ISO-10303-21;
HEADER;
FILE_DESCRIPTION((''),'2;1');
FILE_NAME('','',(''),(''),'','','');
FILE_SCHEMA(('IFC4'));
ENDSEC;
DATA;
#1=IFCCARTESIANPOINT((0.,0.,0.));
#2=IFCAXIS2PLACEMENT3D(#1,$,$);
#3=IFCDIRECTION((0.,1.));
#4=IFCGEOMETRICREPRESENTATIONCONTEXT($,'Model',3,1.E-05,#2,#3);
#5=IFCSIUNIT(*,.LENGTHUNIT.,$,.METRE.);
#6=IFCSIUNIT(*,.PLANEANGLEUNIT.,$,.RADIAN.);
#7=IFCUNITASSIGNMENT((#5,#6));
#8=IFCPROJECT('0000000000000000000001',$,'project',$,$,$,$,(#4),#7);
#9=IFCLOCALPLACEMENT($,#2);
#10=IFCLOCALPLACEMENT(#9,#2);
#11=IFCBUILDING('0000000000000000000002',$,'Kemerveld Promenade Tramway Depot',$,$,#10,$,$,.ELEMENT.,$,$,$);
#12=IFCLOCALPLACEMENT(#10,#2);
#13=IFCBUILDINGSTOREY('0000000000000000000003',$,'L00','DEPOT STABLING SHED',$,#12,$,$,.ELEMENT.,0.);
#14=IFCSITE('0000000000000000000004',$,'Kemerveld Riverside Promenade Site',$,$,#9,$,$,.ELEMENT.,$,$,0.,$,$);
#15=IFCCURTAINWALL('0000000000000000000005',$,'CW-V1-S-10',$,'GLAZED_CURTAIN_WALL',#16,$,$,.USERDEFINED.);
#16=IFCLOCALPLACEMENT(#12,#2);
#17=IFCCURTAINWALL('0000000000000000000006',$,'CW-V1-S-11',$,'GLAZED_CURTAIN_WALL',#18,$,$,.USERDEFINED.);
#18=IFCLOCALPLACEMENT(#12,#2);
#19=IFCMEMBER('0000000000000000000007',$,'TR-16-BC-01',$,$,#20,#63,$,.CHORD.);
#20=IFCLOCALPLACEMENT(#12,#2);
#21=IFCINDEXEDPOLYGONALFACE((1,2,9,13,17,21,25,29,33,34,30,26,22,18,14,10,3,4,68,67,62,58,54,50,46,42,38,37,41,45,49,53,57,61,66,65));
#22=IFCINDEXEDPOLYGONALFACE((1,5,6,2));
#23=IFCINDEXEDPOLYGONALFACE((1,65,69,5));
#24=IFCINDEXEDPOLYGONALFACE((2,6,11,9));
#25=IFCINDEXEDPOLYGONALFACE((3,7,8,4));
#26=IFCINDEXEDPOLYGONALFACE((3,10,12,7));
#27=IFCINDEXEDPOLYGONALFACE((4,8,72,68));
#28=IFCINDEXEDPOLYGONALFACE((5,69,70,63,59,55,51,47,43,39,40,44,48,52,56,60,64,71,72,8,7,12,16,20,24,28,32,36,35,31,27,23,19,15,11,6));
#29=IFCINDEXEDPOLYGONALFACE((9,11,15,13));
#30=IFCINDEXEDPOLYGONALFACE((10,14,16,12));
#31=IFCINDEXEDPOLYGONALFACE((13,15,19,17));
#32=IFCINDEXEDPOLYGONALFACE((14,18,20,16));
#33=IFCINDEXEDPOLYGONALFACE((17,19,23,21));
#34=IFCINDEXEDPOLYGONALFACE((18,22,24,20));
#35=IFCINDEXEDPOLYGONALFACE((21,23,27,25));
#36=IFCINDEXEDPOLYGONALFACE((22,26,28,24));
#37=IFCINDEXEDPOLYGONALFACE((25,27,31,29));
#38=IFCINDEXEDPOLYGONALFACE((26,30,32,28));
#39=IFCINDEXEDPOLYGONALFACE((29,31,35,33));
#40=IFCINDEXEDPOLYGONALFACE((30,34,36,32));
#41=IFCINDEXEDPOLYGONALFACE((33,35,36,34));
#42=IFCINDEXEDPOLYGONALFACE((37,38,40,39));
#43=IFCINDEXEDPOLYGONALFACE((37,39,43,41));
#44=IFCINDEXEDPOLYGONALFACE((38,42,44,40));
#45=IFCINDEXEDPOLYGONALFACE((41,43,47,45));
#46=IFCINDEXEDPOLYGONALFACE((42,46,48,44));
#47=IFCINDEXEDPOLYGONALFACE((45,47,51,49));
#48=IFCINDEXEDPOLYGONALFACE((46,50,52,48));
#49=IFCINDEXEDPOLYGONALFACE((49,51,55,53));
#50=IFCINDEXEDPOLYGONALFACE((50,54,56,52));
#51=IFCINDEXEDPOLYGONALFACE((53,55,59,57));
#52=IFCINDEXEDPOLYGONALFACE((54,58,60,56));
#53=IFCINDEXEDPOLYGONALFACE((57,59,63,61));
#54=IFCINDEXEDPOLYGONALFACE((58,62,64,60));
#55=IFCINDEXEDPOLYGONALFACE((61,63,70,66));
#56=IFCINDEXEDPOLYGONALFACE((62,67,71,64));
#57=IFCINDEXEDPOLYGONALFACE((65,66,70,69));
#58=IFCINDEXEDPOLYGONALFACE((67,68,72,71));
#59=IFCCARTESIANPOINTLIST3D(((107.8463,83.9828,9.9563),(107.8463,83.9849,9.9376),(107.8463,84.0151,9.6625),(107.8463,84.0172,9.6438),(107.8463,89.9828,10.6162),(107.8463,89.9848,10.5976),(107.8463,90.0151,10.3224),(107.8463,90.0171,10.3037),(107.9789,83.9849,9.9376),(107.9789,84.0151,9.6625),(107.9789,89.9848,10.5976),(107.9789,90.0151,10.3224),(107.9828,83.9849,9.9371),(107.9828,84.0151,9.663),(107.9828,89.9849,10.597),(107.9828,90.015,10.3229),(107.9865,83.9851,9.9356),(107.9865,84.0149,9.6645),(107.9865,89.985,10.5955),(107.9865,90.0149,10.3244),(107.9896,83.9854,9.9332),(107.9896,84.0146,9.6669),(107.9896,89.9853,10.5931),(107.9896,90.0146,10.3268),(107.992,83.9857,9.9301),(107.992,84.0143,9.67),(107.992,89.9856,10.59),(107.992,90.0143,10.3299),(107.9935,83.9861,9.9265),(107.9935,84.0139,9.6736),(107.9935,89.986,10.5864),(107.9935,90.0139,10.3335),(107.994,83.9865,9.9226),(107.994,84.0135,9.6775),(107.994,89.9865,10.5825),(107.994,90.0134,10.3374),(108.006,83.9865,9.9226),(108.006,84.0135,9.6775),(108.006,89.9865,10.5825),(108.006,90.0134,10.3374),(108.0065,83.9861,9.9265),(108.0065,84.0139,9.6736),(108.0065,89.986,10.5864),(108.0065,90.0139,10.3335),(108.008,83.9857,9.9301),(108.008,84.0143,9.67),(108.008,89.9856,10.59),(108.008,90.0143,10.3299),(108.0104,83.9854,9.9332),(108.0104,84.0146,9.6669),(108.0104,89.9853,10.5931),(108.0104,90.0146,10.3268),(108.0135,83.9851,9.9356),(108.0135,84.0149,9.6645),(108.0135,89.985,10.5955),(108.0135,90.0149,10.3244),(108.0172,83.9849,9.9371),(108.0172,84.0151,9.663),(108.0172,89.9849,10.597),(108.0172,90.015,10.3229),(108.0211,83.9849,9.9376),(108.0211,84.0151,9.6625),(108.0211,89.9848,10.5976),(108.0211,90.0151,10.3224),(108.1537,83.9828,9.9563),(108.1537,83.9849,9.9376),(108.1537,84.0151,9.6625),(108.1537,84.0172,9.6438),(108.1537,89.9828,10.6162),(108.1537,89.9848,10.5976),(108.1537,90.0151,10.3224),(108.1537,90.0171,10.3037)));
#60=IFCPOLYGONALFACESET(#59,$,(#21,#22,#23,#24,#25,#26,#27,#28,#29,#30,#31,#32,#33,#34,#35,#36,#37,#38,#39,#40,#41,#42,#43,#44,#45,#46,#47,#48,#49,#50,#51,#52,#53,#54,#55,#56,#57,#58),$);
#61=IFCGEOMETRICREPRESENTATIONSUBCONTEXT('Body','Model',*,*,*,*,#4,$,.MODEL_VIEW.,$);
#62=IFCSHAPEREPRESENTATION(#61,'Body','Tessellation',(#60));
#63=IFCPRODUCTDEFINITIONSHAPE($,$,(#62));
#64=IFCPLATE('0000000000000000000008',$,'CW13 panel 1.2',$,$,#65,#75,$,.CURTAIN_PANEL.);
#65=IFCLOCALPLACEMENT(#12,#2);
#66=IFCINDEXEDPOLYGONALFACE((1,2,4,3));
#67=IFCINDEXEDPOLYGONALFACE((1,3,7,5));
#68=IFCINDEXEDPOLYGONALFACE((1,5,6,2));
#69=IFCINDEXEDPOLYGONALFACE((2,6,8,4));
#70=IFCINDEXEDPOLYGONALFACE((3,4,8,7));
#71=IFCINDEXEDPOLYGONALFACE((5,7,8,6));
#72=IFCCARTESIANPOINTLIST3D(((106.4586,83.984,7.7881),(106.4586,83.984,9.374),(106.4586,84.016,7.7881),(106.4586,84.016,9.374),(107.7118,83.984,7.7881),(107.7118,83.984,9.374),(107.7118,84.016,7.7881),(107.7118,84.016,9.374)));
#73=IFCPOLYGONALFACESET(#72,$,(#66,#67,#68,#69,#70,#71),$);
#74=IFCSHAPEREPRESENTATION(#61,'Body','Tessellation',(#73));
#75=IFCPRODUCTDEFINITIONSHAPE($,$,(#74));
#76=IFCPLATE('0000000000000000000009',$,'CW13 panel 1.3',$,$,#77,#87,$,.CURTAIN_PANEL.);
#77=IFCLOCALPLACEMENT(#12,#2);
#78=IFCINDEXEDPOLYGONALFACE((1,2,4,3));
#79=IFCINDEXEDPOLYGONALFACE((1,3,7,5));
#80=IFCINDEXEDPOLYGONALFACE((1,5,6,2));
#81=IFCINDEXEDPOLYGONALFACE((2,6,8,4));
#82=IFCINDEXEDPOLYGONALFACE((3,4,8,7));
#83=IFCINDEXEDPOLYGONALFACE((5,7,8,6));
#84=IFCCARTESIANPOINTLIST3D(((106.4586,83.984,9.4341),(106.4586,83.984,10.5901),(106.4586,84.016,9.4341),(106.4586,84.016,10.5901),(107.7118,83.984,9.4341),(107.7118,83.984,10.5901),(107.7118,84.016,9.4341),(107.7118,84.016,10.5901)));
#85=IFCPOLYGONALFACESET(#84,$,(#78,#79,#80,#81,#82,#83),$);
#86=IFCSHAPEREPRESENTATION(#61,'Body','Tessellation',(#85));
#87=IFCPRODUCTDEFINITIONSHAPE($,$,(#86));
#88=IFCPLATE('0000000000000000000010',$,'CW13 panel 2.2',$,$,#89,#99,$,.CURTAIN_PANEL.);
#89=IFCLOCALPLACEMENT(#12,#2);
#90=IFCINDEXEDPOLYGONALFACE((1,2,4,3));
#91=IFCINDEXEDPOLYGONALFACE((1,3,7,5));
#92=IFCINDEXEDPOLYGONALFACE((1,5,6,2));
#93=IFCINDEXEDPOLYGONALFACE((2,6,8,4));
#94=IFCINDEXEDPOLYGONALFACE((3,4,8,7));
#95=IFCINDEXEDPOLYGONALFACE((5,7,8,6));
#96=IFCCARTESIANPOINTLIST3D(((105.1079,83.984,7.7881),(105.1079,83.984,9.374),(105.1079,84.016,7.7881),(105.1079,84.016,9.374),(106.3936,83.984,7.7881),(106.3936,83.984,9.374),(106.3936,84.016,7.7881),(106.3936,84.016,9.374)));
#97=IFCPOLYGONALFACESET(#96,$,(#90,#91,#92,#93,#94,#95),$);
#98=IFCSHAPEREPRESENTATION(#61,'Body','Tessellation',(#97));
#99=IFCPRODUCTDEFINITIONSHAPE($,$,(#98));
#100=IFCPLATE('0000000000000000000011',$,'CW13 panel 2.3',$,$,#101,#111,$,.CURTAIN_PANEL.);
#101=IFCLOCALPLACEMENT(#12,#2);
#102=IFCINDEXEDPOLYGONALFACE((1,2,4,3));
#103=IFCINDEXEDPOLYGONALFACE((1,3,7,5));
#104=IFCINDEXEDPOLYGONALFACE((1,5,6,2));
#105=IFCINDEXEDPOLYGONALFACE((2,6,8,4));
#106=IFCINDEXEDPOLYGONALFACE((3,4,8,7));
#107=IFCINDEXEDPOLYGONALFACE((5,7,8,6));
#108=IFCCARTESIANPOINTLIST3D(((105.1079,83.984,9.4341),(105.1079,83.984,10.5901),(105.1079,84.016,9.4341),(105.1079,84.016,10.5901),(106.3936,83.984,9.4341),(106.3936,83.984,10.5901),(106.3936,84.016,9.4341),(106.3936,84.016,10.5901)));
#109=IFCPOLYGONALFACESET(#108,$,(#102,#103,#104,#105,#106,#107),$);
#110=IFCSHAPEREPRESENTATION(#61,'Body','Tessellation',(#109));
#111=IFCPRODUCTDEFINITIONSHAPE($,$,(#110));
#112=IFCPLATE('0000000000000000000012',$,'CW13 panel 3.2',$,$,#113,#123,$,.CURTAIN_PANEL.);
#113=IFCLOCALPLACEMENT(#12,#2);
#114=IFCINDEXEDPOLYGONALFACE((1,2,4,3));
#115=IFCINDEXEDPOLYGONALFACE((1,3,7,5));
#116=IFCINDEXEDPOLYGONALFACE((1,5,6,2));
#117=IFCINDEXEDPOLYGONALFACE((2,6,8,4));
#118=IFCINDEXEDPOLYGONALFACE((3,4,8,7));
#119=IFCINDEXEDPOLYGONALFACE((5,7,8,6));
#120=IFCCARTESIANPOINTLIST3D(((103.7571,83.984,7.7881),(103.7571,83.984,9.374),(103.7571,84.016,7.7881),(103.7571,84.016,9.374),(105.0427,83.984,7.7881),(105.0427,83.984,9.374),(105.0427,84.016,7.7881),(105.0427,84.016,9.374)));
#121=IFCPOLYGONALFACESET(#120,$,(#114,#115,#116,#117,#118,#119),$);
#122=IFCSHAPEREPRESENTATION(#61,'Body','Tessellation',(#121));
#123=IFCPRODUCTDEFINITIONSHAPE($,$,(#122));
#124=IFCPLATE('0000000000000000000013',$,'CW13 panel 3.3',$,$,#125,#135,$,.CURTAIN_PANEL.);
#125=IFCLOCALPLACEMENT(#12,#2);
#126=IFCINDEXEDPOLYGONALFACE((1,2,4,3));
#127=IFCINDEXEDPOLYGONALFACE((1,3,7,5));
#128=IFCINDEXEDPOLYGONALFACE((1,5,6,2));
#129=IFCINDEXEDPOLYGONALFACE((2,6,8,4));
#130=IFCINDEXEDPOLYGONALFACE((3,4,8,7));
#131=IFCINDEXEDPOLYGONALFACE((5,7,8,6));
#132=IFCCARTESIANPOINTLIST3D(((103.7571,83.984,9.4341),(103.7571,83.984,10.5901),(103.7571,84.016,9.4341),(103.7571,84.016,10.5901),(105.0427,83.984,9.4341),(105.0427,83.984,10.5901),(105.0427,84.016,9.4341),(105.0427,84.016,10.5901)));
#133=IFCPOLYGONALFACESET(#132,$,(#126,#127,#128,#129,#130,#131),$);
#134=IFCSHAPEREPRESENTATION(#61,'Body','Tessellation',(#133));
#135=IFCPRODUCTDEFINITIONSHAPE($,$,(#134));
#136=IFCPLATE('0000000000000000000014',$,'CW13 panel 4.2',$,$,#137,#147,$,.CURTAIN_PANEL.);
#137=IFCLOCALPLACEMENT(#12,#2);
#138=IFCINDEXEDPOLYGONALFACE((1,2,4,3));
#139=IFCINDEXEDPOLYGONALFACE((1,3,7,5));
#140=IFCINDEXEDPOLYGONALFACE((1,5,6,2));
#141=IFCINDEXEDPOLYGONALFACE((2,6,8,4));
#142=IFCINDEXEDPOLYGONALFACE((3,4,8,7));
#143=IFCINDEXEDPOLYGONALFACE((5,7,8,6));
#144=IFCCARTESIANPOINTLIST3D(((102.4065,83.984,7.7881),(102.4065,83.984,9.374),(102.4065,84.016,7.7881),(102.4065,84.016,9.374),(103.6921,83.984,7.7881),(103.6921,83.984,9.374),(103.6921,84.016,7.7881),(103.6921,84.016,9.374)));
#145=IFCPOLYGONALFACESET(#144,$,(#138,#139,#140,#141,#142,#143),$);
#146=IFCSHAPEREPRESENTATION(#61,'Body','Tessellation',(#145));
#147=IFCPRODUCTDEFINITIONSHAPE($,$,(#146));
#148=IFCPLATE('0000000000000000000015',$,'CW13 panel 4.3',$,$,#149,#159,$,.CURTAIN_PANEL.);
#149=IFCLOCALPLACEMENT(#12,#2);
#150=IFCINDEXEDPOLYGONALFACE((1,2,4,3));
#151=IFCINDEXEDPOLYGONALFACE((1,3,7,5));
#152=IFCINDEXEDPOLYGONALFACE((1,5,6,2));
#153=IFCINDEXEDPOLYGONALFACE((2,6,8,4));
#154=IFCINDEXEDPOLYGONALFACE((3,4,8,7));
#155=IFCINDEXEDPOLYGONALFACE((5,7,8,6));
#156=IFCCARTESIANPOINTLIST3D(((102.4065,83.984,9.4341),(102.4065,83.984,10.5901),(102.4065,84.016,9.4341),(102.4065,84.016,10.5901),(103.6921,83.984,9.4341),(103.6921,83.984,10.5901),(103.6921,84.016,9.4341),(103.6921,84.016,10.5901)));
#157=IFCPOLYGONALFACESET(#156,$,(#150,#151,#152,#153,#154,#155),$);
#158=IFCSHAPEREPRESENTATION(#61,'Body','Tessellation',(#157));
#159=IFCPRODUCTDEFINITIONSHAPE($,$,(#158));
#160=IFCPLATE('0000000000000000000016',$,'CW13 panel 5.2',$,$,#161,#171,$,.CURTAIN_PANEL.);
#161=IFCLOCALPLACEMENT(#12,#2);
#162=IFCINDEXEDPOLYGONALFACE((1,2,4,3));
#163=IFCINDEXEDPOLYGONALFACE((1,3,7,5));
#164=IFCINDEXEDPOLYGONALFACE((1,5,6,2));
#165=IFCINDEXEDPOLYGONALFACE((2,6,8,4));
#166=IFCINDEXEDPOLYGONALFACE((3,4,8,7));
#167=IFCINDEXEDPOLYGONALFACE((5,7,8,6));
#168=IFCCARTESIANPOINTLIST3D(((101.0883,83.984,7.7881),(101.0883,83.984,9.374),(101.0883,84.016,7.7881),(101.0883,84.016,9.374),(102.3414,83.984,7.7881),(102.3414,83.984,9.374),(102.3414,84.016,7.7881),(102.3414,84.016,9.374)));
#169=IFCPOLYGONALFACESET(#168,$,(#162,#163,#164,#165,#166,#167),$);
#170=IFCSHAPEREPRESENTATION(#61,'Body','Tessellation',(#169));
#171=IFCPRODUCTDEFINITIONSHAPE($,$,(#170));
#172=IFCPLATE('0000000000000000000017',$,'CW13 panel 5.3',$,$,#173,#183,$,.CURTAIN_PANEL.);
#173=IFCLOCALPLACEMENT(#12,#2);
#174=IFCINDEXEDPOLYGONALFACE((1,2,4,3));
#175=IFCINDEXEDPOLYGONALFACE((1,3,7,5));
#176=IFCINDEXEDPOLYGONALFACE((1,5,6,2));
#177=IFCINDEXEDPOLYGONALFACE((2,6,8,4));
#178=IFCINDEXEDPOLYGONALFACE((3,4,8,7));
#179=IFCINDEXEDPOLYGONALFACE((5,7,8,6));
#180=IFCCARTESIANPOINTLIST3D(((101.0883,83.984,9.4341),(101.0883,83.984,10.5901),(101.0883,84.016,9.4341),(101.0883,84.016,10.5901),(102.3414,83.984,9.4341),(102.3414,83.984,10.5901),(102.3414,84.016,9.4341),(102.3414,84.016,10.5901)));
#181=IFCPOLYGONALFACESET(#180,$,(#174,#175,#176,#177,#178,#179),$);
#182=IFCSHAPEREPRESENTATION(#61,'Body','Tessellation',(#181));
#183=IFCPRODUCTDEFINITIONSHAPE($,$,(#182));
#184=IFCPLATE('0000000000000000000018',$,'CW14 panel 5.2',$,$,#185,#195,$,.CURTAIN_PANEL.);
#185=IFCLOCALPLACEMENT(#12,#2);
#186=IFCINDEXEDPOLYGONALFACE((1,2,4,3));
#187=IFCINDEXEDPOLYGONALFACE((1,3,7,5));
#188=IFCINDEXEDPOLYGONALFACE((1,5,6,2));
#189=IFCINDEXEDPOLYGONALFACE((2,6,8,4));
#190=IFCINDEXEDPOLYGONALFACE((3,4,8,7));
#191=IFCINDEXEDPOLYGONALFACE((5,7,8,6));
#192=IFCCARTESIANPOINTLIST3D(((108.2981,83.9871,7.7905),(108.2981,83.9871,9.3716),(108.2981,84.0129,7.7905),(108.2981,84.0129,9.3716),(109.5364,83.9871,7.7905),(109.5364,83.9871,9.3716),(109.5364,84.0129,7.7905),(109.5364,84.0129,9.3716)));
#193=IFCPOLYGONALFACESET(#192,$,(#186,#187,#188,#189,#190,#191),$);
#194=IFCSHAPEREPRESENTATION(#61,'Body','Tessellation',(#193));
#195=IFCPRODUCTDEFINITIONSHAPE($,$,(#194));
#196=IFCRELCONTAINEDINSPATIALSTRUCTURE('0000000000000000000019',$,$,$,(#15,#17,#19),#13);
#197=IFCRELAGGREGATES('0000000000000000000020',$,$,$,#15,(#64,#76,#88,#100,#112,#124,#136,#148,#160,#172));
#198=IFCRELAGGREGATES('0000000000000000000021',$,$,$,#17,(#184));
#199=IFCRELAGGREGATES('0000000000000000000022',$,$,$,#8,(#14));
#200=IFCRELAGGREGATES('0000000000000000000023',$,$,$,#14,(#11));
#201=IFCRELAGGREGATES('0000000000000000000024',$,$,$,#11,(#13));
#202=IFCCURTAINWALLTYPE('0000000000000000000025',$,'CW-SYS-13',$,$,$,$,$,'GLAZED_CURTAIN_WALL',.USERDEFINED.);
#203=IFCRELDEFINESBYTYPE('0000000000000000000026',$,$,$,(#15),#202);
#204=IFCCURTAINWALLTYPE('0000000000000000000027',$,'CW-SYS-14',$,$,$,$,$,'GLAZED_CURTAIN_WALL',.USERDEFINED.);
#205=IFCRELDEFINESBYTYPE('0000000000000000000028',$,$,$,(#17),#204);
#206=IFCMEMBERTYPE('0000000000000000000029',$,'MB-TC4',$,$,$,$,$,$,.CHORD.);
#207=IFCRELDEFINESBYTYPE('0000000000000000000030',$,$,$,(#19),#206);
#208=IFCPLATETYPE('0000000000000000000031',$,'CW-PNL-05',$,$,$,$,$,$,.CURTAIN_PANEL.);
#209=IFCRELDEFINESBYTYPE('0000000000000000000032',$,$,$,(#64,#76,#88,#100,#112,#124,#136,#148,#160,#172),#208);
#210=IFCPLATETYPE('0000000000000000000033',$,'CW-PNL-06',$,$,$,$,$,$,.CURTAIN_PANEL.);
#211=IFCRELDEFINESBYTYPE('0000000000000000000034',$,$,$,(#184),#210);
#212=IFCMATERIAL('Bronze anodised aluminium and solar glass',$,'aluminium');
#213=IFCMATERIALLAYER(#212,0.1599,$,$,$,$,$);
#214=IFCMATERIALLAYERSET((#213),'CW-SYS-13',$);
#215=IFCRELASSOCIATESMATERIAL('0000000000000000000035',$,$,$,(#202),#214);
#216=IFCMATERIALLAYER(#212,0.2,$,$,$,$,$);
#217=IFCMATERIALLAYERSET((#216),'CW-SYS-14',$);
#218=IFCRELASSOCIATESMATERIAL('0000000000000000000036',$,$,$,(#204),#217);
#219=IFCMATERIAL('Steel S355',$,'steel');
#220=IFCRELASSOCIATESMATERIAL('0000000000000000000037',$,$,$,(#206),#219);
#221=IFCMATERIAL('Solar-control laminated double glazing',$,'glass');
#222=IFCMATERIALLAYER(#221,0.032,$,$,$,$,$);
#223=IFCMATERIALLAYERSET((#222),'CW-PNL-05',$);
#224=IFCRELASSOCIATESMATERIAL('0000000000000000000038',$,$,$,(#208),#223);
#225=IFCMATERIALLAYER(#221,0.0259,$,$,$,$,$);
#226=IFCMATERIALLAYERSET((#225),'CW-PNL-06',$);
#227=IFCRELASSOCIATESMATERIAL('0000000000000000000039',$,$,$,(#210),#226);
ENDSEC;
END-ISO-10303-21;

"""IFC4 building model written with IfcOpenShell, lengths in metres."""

from ifc_helpers import new_model, si_unit, direction, frame, origin, origin_2d, place, context, subcontext, project, spatial, rectangle, i_section, extrude, material, layer, layer_set, material_profile, profile_set, type_object, element, aggregate, save


model = new_model("IFC4")

# Units and contexts
model_context = context("Model", 3, precision=1e-05, world=origin(), true_north=direction((0.0, 1.0)))
body_context = subcontext(model_context, "Body", "Model", "MODEL_VIEW")
ifc_project = project(units=[si_unit("LENGTHUNIT", "METRE"), si_unit("PLANEANGLEUNIT", "RADIAN")], contexts=[model_context])

# Site, building, storey
site_placement = place(None, origin())
site = spatial("IfcSite", under=ifc_project, at=site_placement, Name="Kemerveld Riverside Promenade Site", CompositionType="ELEMENT", RefElevation=0.0)
building_placement = place(site_placement, origin())
building = spatial("IfcBuilding", under=site, at=building_placement, Name="Kemerveld Promenade Tramway Depot", CompositionType="ELEMENT")
storey_placement = place(building_placement, origin())
storey = spatial("IfcBuildingStorey", under=building, at=storey_placement, Name="L00", Description="DEPOT STABLING SHED", CompositionType="ELEMENT", Elevation=0.0)

# Shared definitions
ifc_material_1 = material(Name="Steel S355", Category="steel")

# Curtain walls
ifc_material_2 = material(Name="Bronze anodised aluminium and solar glass", Category="aluminium")
ifc_layer_1 = layer(ifc_material_2, 0.1599)
ifc_layer_set_1 = layer_set([ifc_layer_1], Name="CW-SYS-13")
curtain_wall_type_1 = type_object("IfcCurtainWallType", Name="CW-SYS-13", ElementType="GLAZED_CURTAIN_WALL", PredefinedType="USERDEFINED", material=ifc_layer_set_1)
curtain_wall_1_placement = place(storey_placement, origin())
curtain_wall_1 = element("IfcCurtainWall", 1, at=curtain_wall_1_placement, inside=storey, type_object=curtain_wall_type_1, Name="CW-V1-S-10", ObjectType="GLAZED_CURTAIN_WALL", PredefinedType="USERDEFINED")
ifc_layer_2 = layer(ifc_material_2, 0.2)
ifc_layer_set_2 = layer_set([ifc_layer_2], Name="CW-SYS-14")
curtain_wall_type_2 = type_object("IfcCurtainWallType", Name="CW-SYS-14", ElementType="GLAZED_CURTAIN_WALL", PredefinedType="USERDEFINED", material=ifc_layer_set_2)
curtain_wall_2_placement = place(storey_placement, origin())
curtain_wall_2 = element("IfcCurtainWall", 2, at=curtain_wall_2_placement, inside=storey, type_object=curtain_wall_type_2, Name="CW-V1-S-11", ObjectType="GLAZED_CURTAIN_WALL", PredefinedType="USERDEFINED")

# Member
ifc_material_profile_1 = material_profile(ifc_material_1, i_section(OverallWidth=0.3074, OverallDepth=0.3145, WebThickness=0.012, FlangeThickness=0.0188, FilletRadius=0.0151, at=origin_2d()), Name="305x305x118 UC")
ifc_profile_set_1 = profile_set([ifc_material_profile_1], Name="Steel S355")
member_type_1 = type_object("IfcMemberType", Name="MB-TC4", PredefinedType="CHORD", material=ifc_profile_set_1)
member_1_placement = place(storey_placement, frame((108.0, 84.0, 9.8), z_axis=(0.0, 0.994006, 0.109326), x_axis=(-1.0, 0.0, 0.0)))
element("IfcMember", 3, at=member_1_placement, inside=storey, type_object=member_type_1, Name="TR-16-BC-01", PredefinedType="CHORD", context=body_context, shape_type="SweptSolid", body=[
    extrude(i_section(OverallWidth=0.3074, OverallDepth=0.3145, WebThickness=0.012, FlangeThickness=0.0188, FilletRadius=0.0151, at=origin_2d()), origin(), (0.0, 0.0, 1.0), 6.0361),
])

# Plates
ifc_material_3 = material(Name="Solar-control laminated double glazing", Category="glass")
ifc_layer_3 = layer(ifc_material_3, 0.032)
ifc_layer_set_3 = layer_set([ifc_layer_3], Name="CW-PNL-05")
plate_type_1 = type_object("IfcPlateType", Name="CW-PNL-05", PredefinedType="CURTAIN_PANEL", material=ifc_layer_set_3)
plate_1_placement = place(storey_placement, frame((107.0852, 84.0, 7.7881), z_axis=(0.0, 0.0, 1.0), x_axis=(-1.0, 0.0, 0.0)))
plate_1 = element("IfcPlate", 4, at=plate_1_placement, type_object=plate_type_1, Name="CW13 panel 1.2", PredefinedType="CURTAIN_PANEL", context=body_context, shape_type="SweptSolid", body=[
    extrude(rectangle(XDim=1.2532, YDim=0.032, at=origin_2d()), origin(), (0.0, 0.0, 1.0), 1.5859),
])
plate_2_placement = place(storey_placement, frame((107.0852, 84.0, 9.4341), z_axis=(0.0, 0.0, 1.0), x_axis=(-1.0, 0.0, 0.0)))
plate_2 = element("IfcPlate", 5, at=plate_2_placement, type_object=plate_type_1, Name="CW13 panel 1.3", PredefinedType="CURTAIN_PANEL", context=body_context, shape_type="SweptSolid", body=[
    extrude(rectangle(XDim=1.2532, YDim=0.032, at=origin_2d()), origin(), (0.0, 0.0, 1.0), 1.156),
])
plate_3_placement = place(storey_placement, frame((105.7507, 84.0, 7.7881), z_axis=(0.0, 0.0, 1.0), x_axis=(-1.0, 0.0, 0.0)))
plate_3 = element("IfcPlate", 6, at=plate_3_placement, type_object=plate_type_1, Name="CW13 panel 2.2", PredefinedType="CURTAIN_PANEL", context=body_context, shape_type="SweptSolid", body=[
    extrude(rectangle(XDim=1.2856, YDim=0.032, at=origin_2d()), origin(), (0.0, 0.0, 1.0), 1.5859),
])
plate_4_placement = place(storey_placement, frame((105.7507, 84.0, 9.4341), z_axis=(0.0, 0.0, 1.0), x_axis=(-1.0, 0.0, 0.0)))
plate_4 = element("IfcPlate", 7, at=plate_4_placement, type_object=plate_type_1, Name="CW13 panel 2.3", PredefinedType="CURTAIN_PANEL", context=body_context, shape_type="SweptSolid", body=[
    extrude(rectangle(XDim=1.2856, YDim=0.032, at=origin_2d()), origin(), (0.0, 0.0, 1.0), 1.156),
])
plate_5_placement = place(storey_placement, frame((104.3999, 84.0, 7.7881), z_axis=(0.0, 0.0, 1.0), x_axis=(-1.0, 0.0, 0.0)))
plate_5 = element("IfcPlate", 8, at=plate_5_placement, type_object=plate_type_1, Name="CW13 panel 3.2", PredefinedType="CURTAIN_PANEL", context=body_context, shape_type="SweptSolid", body=[
    extrude(rectangle(XDim=1.2856, YDim=0.032, at=origin_2d()), origin(), (0.0, 0.0, 1.0), 1.5859),
])
plate_6_placement = place(storey_placement, frame((104.3999, 84.0, 9.4341), z_axis=(0.0, 0.0, 1.0), x_axis=(-1.0, 0.0, 0.0)))
plate_6 = element("IfcPlate", 9, at=plate_6_placement, type_object=plate_type_1, Name="CW13 panel 3.3", PredefinedType="CURTAIN_PANEL", context=body_context, shape_type="SweptSolid", body=[
    extrude(rectangle(XDim=1.2856, YDim=0.032, at=origin_2d()), origin(), (0.0, 0.0, 1.0), 1.156),
])
plate_7_placement = place(storey_placement, frame((103.0493, 84.0, 7.7881), z_axis=(0.0, 0.0, 1.0), x_axis=(-1.0, 0.0, 0.0)))
plate_7 = element("IfcPlate", 10, at=plate_7_placement, type_object=plate_type_1, Name="CW13 panel 4.2", PredefinedType="CURTAIN_PANEL", context=body_context, shape_type="SweptSolid", body=[
    extrude(rectangle(XDim=1.2856, YDim=0.032, at=origin_2d()), origin(), (0.0, 0.0, 1.0), 1.5859),
])
plate_8_placement = place(storey_placement, frame((103.0493, 84.0, 9.4341), z_axis=(0.0, 0.0, 1.0), x_axis=(-1.0, 0.0, 0.0)))
plate_8 = element("IfcPlate", 11, at=plate_8_placement, type_object=plate_type_1, Name="CW13 panel 4.3", PredefinedType="CURTAIN_PANEL", context=body_context, shape_type="SweptSolid", body=[
    extrude(rectangle(XDim=1.2856, YDim=0.032, at=origin_2d()), origin(), (0.0, 0.0, 1.0), 1.156),
])
plate_9_placement = place(storey_placement, frame((101.7148, 84.0, 7.7881), z_axis=(0.0, 0.0, 1.0), x_axis=(-1.0, 0.0, 0.0)))
plate_9 = element("IfcPlate", 12, at=plate_9_placement, type_object=plate_type_1, Name="CW13 panel 5.2", PredefinedType="CURTAIN_PANEL", context=body_context, shape_type="SweptSolid", body=[
    extrude(rectangle(XDim=1.2532, YDim=0.032, at=origin_2d()), origin(), (0.0, 0.0, 1.0), 1.5859),
])
plate_10_placement = place(storey_placement, frame((101.7148, 84.0, 9.4341), z_axis=(0.0, 0.0, 1.0), x_axis=(-1.0, 0.0, 0.0)))
plate_10 = element("IfcPlate", 13, at=plate_10_placement, type_object=plate_type_1, Name="CW13 panel 5.3", PredefinedType="CURTAIN_PANEL", context=body_context, shape_type="SweptSolid", body=[
    extrude(rectangle(XDim=1.2532, YDim=0.032, at=origin_2d()), origin(), (0.0, 0.0, 1.0), 1.156),
])
aggregate(curtain_wall_1, [plate_1, plate_2, plate_3, plate_4, plate_5, plate_6, plate_7, plate_8, plate_9, plate_10])
ifc_layer_4 = layer(ifc_material_3, 0.0259)
ifc_layer_set_4 = layer_set([ifc_layer_4], Name="CW-PNL-06")
plate_type_2 = type_object("IfcPlateType", Name="CW-PNL-06", PredefinedType="CURTAIN_PANEL", material=ifc_layer_set_4)
plate_11_placement = place(storey_placement, frame((108.9172, 84.0, 7.7905), z_axis=(0.0, 0.0, 1.0), x_axis=(-1.0, 0.0, 0.0)))
plate_11 = element("IfcPlate", 14, at=plate_11_placement, type_object=plate_type_2, Name="CW14 panel 5.2", PredefinedType="CURTAIN_PANEL", context=body_context, shape_type="SweptSolid", body=[
    extrude(rectangle(XDim=1.2383, YDim=0.0259, at=origin_2d()), origin(), (0.0, 0.0, 1.0), 1.5811),
])
aggregate(curtain_wall_2, [plate_11])

save(model, "model.ifc")
